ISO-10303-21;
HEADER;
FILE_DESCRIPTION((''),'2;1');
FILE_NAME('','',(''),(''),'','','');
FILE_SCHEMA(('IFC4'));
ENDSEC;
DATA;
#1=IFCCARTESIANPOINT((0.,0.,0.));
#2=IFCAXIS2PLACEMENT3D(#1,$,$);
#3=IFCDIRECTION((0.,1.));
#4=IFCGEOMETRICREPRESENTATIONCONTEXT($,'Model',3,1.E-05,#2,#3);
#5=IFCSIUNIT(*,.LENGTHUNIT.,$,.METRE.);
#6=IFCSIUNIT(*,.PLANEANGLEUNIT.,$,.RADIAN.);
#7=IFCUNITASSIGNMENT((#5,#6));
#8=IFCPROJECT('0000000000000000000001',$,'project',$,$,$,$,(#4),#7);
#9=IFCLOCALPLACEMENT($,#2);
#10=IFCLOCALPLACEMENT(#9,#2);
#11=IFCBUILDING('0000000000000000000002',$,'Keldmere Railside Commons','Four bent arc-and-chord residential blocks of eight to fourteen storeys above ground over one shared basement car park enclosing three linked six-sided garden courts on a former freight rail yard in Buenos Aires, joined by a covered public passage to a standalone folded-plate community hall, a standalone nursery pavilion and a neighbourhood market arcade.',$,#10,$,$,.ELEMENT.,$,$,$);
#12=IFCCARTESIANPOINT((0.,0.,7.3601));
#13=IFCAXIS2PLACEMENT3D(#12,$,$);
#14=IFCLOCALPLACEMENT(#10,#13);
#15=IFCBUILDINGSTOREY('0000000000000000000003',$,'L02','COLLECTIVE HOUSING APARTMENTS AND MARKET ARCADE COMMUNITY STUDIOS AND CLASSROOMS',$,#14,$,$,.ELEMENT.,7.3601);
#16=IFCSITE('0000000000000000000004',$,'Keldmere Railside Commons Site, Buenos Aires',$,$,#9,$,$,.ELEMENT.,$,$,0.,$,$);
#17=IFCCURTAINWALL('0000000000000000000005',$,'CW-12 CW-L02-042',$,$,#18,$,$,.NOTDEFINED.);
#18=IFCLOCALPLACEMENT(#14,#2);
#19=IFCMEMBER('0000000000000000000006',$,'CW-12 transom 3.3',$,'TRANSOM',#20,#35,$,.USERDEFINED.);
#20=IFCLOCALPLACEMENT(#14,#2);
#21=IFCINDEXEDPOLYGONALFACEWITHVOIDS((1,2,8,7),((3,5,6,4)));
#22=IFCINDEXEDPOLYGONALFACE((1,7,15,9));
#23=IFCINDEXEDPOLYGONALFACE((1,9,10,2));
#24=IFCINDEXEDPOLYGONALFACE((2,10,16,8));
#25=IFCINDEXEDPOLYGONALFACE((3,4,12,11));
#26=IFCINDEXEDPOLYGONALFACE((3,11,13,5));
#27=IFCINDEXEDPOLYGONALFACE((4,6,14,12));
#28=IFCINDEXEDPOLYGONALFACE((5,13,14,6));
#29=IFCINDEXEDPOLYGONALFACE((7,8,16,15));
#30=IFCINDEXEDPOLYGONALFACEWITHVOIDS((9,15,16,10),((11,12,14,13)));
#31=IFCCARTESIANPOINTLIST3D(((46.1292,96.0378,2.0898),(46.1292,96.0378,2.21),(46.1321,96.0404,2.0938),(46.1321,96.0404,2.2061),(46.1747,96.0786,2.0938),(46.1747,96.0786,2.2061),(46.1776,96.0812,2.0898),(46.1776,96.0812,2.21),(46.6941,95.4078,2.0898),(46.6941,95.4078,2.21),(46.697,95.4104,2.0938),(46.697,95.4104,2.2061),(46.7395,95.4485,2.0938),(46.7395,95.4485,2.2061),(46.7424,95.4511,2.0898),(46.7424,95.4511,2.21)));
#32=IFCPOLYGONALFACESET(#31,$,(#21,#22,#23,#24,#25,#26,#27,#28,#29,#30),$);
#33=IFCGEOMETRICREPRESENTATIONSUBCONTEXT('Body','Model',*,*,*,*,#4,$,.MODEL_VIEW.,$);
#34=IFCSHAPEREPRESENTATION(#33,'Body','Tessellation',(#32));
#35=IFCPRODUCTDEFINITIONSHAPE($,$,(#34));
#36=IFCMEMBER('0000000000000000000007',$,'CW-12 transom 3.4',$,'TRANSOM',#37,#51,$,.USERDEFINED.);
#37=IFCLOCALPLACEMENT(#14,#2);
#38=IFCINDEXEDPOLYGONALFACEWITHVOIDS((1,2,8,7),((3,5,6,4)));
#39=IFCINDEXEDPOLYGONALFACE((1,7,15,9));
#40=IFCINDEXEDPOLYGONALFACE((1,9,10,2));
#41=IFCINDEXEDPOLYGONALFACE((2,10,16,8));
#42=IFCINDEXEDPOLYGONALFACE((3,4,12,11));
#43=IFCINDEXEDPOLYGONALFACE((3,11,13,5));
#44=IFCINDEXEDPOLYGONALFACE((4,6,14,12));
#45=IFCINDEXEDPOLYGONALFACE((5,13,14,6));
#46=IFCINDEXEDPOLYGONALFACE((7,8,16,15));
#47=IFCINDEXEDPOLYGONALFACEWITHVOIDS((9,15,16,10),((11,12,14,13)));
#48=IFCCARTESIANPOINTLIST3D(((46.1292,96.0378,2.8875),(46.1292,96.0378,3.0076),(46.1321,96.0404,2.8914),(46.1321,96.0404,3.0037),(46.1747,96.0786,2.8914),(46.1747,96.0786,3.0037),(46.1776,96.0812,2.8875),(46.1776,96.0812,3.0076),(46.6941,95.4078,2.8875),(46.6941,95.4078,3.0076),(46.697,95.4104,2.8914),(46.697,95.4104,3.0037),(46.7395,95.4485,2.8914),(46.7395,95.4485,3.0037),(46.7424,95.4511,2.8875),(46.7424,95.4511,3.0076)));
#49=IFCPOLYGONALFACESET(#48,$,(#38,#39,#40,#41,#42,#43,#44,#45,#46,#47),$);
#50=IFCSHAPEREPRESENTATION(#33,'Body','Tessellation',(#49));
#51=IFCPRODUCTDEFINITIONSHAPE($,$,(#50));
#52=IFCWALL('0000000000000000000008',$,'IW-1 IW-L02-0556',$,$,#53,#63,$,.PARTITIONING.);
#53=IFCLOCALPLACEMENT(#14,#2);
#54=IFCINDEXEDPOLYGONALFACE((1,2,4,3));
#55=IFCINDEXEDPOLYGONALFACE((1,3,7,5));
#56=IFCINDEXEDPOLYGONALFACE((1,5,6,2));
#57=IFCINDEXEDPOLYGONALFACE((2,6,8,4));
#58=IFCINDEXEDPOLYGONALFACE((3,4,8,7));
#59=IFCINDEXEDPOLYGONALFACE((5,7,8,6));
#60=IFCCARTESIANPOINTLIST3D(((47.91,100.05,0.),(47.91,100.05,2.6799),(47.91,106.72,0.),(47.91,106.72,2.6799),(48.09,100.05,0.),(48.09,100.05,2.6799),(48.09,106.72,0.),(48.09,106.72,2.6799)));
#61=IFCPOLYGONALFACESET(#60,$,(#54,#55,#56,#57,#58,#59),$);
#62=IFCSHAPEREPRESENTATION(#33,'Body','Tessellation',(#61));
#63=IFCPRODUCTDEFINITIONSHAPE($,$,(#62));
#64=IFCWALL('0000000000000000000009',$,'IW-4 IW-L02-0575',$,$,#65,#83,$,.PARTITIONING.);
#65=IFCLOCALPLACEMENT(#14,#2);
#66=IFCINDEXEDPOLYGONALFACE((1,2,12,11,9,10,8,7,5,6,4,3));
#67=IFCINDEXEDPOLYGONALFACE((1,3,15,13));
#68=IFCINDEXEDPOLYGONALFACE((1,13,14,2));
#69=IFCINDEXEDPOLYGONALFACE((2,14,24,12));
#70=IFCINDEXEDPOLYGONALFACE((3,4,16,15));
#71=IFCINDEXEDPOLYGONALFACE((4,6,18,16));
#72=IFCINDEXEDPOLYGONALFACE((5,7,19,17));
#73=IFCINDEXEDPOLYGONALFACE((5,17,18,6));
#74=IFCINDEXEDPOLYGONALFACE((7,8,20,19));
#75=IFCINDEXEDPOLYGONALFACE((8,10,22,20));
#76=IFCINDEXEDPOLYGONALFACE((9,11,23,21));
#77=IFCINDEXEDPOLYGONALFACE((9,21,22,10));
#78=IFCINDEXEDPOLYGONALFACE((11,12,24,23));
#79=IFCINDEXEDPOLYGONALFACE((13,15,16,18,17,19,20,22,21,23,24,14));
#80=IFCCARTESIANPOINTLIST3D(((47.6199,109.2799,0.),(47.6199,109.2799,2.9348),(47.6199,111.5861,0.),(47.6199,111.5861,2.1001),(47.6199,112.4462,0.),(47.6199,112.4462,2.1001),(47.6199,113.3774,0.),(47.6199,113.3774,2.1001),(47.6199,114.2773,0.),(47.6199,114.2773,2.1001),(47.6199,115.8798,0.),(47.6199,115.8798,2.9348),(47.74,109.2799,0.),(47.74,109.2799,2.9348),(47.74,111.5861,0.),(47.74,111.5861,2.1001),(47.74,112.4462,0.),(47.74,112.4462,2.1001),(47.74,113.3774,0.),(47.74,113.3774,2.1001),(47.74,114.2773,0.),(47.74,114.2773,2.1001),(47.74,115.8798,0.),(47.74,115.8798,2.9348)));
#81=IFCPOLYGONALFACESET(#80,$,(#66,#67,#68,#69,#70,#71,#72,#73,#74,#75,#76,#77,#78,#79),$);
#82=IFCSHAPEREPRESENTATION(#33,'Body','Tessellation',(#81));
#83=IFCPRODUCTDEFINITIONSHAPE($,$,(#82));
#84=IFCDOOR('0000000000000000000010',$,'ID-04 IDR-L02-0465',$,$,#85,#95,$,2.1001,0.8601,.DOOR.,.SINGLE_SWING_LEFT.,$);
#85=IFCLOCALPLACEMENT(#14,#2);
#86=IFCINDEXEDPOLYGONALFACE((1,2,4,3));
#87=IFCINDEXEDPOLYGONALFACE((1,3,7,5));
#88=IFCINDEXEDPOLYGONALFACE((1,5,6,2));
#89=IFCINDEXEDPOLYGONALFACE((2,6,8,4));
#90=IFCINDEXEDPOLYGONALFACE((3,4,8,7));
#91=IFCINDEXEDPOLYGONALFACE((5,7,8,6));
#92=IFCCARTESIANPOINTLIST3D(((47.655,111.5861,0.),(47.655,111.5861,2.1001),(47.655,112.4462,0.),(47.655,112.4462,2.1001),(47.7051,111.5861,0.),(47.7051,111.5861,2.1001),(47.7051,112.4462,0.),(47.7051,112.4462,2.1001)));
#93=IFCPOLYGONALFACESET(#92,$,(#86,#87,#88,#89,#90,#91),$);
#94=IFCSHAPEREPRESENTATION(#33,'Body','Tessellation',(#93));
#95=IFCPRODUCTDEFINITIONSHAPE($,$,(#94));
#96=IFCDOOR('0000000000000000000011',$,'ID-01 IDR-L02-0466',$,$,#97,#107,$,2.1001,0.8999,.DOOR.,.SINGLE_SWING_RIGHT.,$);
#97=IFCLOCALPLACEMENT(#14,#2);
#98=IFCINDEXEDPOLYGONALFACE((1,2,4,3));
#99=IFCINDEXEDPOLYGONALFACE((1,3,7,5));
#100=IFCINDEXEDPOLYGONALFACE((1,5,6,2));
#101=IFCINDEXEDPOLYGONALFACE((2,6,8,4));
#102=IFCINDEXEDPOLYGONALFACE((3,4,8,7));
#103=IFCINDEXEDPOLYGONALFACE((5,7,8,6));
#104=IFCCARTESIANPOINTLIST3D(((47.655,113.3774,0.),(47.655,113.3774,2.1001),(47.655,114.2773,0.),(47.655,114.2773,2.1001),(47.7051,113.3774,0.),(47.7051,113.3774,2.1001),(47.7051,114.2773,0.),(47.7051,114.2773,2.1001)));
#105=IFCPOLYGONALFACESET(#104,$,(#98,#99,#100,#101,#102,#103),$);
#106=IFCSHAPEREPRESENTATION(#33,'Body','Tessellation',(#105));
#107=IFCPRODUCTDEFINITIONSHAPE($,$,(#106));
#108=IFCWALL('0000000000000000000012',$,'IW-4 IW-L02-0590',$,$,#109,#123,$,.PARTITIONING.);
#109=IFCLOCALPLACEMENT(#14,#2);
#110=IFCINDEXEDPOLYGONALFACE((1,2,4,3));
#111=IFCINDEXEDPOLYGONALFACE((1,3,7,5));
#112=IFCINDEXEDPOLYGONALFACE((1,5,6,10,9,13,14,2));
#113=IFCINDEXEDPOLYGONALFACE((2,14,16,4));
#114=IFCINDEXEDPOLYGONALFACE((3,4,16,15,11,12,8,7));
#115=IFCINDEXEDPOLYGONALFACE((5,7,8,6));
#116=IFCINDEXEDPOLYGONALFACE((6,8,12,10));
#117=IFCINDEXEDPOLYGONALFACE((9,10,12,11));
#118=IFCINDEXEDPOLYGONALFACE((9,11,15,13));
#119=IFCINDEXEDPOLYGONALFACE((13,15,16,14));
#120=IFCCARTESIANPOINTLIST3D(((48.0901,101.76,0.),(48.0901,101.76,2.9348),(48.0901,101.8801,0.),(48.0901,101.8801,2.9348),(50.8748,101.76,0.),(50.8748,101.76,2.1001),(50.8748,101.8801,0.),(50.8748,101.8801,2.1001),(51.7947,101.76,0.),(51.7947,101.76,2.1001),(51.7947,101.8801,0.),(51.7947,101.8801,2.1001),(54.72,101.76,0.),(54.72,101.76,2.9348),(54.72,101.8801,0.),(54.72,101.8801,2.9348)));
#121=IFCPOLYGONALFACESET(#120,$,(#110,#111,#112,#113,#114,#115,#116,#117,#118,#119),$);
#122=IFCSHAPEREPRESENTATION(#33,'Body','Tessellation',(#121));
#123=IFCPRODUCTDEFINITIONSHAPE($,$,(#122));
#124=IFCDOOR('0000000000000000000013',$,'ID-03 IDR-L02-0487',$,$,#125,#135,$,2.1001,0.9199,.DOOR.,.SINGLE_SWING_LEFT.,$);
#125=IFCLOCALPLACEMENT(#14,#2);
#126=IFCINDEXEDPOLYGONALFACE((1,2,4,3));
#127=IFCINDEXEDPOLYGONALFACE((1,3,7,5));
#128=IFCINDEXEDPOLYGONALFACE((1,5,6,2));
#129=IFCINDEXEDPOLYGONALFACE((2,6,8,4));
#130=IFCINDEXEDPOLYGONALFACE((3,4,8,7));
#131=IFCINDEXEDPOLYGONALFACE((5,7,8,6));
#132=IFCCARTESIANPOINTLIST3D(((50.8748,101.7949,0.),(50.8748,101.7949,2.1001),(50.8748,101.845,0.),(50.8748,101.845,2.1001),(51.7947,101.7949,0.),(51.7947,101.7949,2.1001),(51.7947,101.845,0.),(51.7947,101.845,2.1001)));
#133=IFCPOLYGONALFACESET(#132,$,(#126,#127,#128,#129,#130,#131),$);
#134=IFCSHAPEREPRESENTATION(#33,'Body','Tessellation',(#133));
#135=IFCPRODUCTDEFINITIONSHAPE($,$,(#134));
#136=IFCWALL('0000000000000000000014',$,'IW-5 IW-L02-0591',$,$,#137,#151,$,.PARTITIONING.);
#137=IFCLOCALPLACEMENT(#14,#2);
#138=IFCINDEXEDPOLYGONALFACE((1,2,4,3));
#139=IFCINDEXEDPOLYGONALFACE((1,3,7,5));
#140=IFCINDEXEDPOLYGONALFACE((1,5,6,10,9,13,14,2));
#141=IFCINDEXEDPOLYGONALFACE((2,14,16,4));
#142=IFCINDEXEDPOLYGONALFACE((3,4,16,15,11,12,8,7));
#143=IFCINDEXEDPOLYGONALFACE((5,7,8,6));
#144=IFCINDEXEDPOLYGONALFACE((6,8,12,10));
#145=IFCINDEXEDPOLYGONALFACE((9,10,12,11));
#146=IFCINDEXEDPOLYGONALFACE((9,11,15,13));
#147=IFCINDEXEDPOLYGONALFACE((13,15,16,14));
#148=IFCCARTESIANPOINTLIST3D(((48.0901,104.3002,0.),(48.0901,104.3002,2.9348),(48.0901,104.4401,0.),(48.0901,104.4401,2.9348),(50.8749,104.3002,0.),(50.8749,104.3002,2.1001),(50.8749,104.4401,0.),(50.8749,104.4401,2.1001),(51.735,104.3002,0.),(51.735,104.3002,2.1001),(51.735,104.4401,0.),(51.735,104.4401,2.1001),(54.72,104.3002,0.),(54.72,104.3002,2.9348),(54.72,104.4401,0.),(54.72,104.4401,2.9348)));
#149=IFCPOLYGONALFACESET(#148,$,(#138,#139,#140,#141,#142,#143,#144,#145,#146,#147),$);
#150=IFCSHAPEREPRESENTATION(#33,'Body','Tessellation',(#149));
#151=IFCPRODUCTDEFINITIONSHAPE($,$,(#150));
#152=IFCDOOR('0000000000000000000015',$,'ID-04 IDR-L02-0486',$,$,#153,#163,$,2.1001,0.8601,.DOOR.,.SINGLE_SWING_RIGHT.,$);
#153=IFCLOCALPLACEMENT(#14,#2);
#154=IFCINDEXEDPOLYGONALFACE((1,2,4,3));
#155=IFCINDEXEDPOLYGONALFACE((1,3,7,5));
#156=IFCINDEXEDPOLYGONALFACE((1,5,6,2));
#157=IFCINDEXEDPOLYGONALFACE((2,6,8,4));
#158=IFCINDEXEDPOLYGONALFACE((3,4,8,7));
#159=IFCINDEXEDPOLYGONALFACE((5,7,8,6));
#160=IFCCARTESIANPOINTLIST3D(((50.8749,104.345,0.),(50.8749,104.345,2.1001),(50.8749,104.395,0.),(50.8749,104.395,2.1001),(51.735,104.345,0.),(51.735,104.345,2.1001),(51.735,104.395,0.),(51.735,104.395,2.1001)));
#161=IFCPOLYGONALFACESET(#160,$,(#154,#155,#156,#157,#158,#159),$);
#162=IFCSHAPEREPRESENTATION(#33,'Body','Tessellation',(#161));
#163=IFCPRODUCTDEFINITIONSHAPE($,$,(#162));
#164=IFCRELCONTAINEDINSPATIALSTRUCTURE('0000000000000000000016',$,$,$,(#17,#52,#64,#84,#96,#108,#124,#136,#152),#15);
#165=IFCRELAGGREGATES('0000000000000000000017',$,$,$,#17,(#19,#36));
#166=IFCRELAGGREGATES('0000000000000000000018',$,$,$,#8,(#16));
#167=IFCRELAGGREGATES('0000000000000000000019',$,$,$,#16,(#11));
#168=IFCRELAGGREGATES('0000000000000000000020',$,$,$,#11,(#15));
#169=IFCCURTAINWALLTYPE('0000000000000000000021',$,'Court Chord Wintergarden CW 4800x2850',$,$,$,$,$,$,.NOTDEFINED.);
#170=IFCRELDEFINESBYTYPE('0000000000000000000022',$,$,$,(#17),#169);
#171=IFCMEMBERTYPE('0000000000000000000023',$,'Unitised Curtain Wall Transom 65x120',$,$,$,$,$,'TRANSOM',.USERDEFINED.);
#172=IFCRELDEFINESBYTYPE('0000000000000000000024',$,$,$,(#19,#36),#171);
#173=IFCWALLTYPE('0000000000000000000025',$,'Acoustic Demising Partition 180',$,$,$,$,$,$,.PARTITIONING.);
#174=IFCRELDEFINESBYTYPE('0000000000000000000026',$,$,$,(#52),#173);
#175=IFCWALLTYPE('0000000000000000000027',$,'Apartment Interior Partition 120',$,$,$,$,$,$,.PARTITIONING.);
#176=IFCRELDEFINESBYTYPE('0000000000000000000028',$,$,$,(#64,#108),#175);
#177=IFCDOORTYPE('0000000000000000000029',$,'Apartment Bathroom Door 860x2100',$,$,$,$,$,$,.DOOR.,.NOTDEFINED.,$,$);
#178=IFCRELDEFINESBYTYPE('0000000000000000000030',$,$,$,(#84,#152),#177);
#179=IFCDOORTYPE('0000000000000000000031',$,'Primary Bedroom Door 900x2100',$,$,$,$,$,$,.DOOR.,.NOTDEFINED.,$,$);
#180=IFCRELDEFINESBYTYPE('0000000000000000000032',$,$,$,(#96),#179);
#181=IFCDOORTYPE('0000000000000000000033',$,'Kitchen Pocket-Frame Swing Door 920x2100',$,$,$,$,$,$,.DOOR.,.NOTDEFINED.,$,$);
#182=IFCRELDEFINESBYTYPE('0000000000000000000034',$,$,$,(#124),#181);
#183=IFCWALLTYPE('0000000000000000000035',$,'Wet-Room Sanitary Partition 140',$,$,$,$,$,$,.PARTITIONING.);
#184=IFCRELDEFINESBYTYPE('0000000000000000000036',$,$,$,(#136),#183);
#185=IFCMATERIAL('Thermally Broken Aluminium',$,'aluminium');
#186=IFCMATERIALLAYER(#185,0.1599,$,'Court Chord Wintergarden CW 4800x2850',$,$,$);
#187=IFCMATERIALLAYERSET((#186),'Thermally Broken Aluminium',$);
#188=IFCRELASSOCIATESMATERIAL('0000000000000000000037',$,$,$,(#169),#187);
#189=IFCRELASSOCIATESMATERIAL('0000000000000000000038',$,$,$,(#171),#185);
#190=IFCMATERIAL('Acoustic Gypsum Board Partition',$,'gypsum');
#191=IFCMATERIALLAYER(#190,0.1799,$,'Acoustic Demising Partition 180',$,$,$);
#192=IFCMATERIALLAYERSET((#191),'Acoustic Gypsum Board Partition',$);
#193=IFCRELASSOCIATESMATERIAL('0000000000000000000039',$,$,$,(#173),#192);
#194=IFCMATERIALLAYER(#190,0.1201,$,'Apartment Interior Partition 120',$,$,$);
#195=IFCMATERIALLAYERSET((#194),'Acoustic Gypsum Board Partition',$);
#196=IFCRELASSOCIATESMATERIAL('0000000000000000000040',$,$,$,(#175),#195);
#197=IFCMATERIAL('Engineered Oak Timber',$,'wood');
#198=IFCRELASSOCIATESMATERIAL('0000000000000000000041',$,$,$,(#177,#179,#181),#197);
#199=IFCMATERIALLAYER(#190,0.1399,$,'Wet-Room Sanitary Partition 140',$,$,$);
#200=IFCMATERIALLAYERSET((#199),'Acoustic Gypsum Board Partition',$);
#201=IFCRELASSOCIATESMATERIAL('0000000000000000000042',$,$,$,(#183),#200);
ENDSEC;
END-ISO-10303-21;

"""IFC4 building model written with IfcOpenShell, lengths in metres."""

from ifc_helpers import new_model, si_unit, direction, frame, frame_2d, origin, origin_2d, place, context, subcontext, project, spatial, rectangle, hollow_rectangle, extrude, material, layer, layer_set, material_profile, profile_set, type_object, element, fill, aggregate, save


model = new_model("IFC4")

# Units and contexts
model_context = context("Model", 3, precision=1e-05, world=origin(), true_north=direction((0.0, 1.0)))
body_context = subcontext(model_context, "Body", "Model", "MODEL_VIEW")
ifc_project = project(units=[si_unit("LENGTHUNIT", "METRE"), si_unit("PLANEANGLEUNIT", "RADIAN")], contexts=[model_context])

# Site, building, storey
site_placement = place(None, origin())
site = spatial("IfcSite", under=ifc_project, at=site_placement, Name="Keldmere Railside Commons Site, Buenos Aires", CompositionType="ELEMENT", RefElevation=0.0)
building_placement = place(site_placement, origin())
building = spatial("IfcBuilding", under=site, at=building_placement, Name="Keldmere Railside Commons", Description="Four bent arc-and-chord residential blocks of eight to fourteen storeys above ground over one shared basement car park enclosing three linked six-sided garden courts on a former freight rail yard in Buenos Aires, joined by a covered public passage to a standalone folded-plate community hall, a standalone nursery pavilion and a neighbourhood market arcade.", CompositionType="ELEMENT")
storey_placement = place(building_placement, frame((0.0, 0.0, 7.3601)))
storey = spatial("IfcBuildingStorey", under=building, at=storey_placement, Name="L02", Description="COLLECTIVE HOUSING APARTMENTS AND MARKET ARCADE COMMUNITY STUDIOS AND CLASSROOMS", CompositionType="ELEMENT", Elevation=7.3601)

# Curtain wall, members
ifc_material_1 = material(Name="Thermally Broken Aluminium", Category="aluminium")
ifc_layer_1 = layer(ifc_material_1, 0.1599, Name="Court Chord Wintergarden CW 4800x2850")
ifc_layer_set_1 = layer_set([ifc_layer_1], Name="Thermally Broken Aluminium")
curtain_wall_type = type_object("IfcCurtainWallType", Name="Court Chord Wintergarden CW 4800x2850", PredefinedType="NOTDEFINED", material=ifc_layer_set_1)
curtain_wall_placement = place(storey_placement, origin())
curtain_wall = element("IfcCurtainWall", 1, at=curtain_wall_placement, inside=storey, type_object=curtain_wall_type, Name="CW-12 CW-L02-042", PredefinedType="NOTDEFINED")
ifc_material_profile_1 = material_profile(ifc_material_1, hollow_rectangle(XDim=0.0649, YDim=0.1201, WallThickness=0.0039, at=origin_2d()), Name="ALU-TRAN-65x120")
ifc_profile_set_1 = profile_set([ifc_material_profile_1], Name="Thermally Broken Aluminium")
member_type_1 = type_object("IfcMemberType", Name="Unitised Curtain Wall Transom 65x120", ElementType="TRANSOM", PredefinedType="USERDEFINED", material=ifc_profile_set_1)
member_1_placement = place(storey_placement, frame((46.7183, 95.4294, 2.1499), z_axis=(-0.667545, 0.744569, 0.0), x_axis=(-0.744569, -0.667545, 0.0)))
member_1 = element("IfcMember", 2, at=member_1_placement, type_object=member_type_1, Name="CW-12 transom 3.3", ObjectType="TRANSOM", PredefinedType="USERDEFINED", context=body_context, shape_type="SweptSolid", body=[
    extrude(hollow_rectangle(XDim=0.0649, YDim=0.1201, WallThickness=0.0039, at=origin_2d()), origin(), (0.0, 0.0, 1.0), 0.8462),
])
member_2_placement = place(storey_placement, frame((46.7183, 95.4294, 2.9475), z_axis=(-0.667545, 0.744569, 0.0), x_axis=(-0.744569, -0.667545, 0.0)))
member_2 = element("IfcMember", 3, at=member_2_placement, type_object=member_type_1, Name="CW-12 transom 3.4", ObjectType="TRANSOM", PredefinedType="USERDEFINED", context=body_context, shape_type="SweptSolid", body=[
    extrude(hollow_rectangle(XDim=0.0649, YDim=0.1201, WallThickness=0.0039, at=origin_2d()), origin(), (0.0, 0.0, 1.0), 0.8462),
])
aggregate(curtain_wall, [member_1, member_2])

# Wall
ifc_material_2 = material(Name="Acoustic Gypsum Board Partition", Category="gypsum")
ifc_layer_2 = layer(ifc_material_2, 0.1799, Name="Acoustic Demising Partition 180")
ifc_layer_set_2 = layer_set([ifc_layer_2], Name="Acoustic Gypsum Board Partition")
wall_type_1 = type_object("IfcWallType", Name="Acoustic Demising Partition 180", PredefinedType="PARTITIONING", material=ifc_layer_set_2)
wall_1_placement = place(storey_placement, frame((48.0, 100.05, 0.0), z_axis=(0.0, 0.0, 1.0), x_axis=(0.0, 1.0, 0.0)))
element("IfcWall", 4, at=wall_1_placement, inside=storey, type_object=wall_type_1, Name="IW-1 IW-L02-0556", PredefinedType="PARTITIONING", context=body_context, shape_type="SweptSolid", body=[
    extrude(rectangle(XDim=6.6699, YDim=0.1799, at=frame_2d((3.335, 0.0))), origin(), (0.0, 0.0, 1.0), 2.6799),
])

# Wall, openings, doors
ifc_layer_3 = layer(ifc_material_2, 0.1201, Name="Apartment Interior Partition 120")
ifc_layer_set_3 = layer_set([ifc_layer_3], Name="Acoustic Gypsum Board Partition")
wall_type_2 = type_object("IfcWallType", Name="Apartment Interior Partition 120", PredefinedType="PARTITIONING", material=ifc_layer_set_3)
wall_2_placement = place(storey_placement, frame((47.6799, 109.28, 0.0), z_axis=(0.0, 0.0, 1.0), x_axis=(0.0, 1.0, 0.0)))
wall_2 = element("IfcWall", 5, at=wall_2_placement, inside=storey, type_object=wall_type_2, Name="IW-4 IW-L02-0575", PredefinedType="PARTITIONING", context=body_context, shape_type="SweptSolid", body=[
    extrude(rectangle(XDim=6.5999, YDim=0.1201, at=frame_2d((3.2998, 0.0))), origin(), (0.0, 0.0, 1.0), 2.9348),
])
opening_1_placement = place(wall_2_placement, frame((2.3059, 0.0, 0.0)))
opening_1 = element("IfcOpeningElement", 6, at=opening_1_placement, cuts=wall_2, PredefinedType="OPENING", context=body_context, shape_type="SweptSolid", body=[
    extrude(rectangle(XDim=0.8601, YDim=2.1001, at=frame_2d((0.4302, 1.05))), frame((0.0, 0.0701, 0.0), z_axis=(0.0, -1.0, 0.0), x_axis=(1.0, 0.0, 0.0)), (0.0, 0.0, 1.0), 0.1401),
])
opening_2_placement = place(wall_2_placement, frame((4.0974, 0.0, 0.0)))
opening_2 = element("IfcOpeningElement", 7, at=opening_2_placement, cuts=wall_2, PredefinedType="OPENING", context=body_context, shape_type="SweptSolid", body=[
    extrude(rectangle(XDim=0.8999, YDim=2.1001, at=frame_2d((0.45, 1.05))), frame((0.0, 0.0701, 0.0), z_axis=(0.0, -1.0, 0.0), x_axis=(1.0, 0.0, 0.0)), (0.0, 0.0, 1.0), 0.1401),
])
ifc_material_3 = material(Name="Engineered Oak Timber", Category="wood")
door_type_1 = type_object("IfcDoorType", Name="Apartment Bathroom Door 860x2100", OperationType="NOTDEFINED", PredefinedType="DOOR", material=ifc_material_3)
door_1_placement = place(opening_1_placement, origin())
door_1 = element("IfcDoor", 8, at=door_1_placement, inside=storey, type_object=door_type_1, Name="ID-04 IDR-L02-0465", OperationType="SINGLE_SWING_LEFT", OverallHeight=2.1001, OverallWidth=0.8601, PredefinedType="DOOR", context=body_context, shape_type="SweptSolid", body=[
    extrude(rectangle(XDim=0.8601, YDim=2.1001, at=frame_2d((0.4302, 1.05))), frame((0.0, 0.0249, 0.0), z_axis=(0.0, -1.0, 0.0), x_axis=(1.0, 0.0, 0.0)), (0.0, 0.0, 1.0), 0.05),
])
fill(opening_1, door_1)
door_type_2 = type_object("IfcDoorType", Name="Primary Bedroom Door 900x2100", OperationType="NOTDEFINED", PredefinedType="DOOR", material=ifc_material_3)
door_2_placement = place(opening_2_placement, origin())
door_2 = element("IfcDoor", 9, at=door_2_placement, inside=storey, type_object=door_type_2, Name="ID-01 IDR-L02-0466", OperationType="SINGLE_SWING_RIGHT", OverallHeight=2.1001, OverallWidth=0.8999, PredefinedType="DOOR", context=body_context, shape_type="SweptSolid", body=[
    extrude(rectangle(XDim=0.8999, YDim=2.1001, at=frame_2d((0.45, 1.05))), frame((0.0, 0.0249, 0.0), z_axis=(0.0, -1.0, 0.0), x_axis=(1.0, 0.0, 0.0)), (0.0, 0.0, 1.0), 0.05),
])
fill(opening_2, door_2)

# Walls, openings, doors
wall_3_placement = place(storey_placement, frame((48.0901, 101.8201, 0.0), z_axis=(0.0, 0.0, 1.0), x_axis=(1.0, 0.0, 0.0)))
wall_3 = element("IfcWall", 10, at=wall_3_placement, inside=storey, type_object=wall_type_2, Name="IW-4 IW-L02-0590", PredefinedType="PARTITIONING", context=body_context, shape_type="SweptSolid", body=[
    extrude(rectangle(XDim=6.6299, YDim=0.1201, at=frame_2d((3.3149, 0.0))), origin(), (0.0, 0.0, 1.0), 2.9348),
])
opening_3_placement = place(wall_3_placement, frame((2.7847, 0.0, 0.0)))
opening_3 = element("IfcOpeningElement", 11, at=opening_3_placement, cuts=wall_3, PredefinedType="OPENING", context=body_context, shape_type="SweptSolid", body=[
    extrude(rectangle(XDim=0.9199, YDim=2.1001, at=frame_2d((0.46, 1.05))), frame((0.0, 0.0701, 0.0), z_axis=(0.0, -1.0, 0.0), x_axis=(1.0, 0.0, 0.0)), (0.0, 0.0, 1.0), 0.1401),
])
door_type_3 = type_object("IfcDoorType", Name="Kitchen Pocket-Frame Swing Door 920x2100", OperationType="NOTDEFINED", PredefinedType="DOOR", material=ifc_material_3)
door_3_placement = place(opening_3_placement, origin())
door_3 = element("IfcDoor", 12, at=door_3_placement, inside=storey, type_object=door_type_3, Name="ID-03 IDR-L02-0487", OperationType="SINGLE_SWING_LEFT", OverallHeight=2.1001, OverallWidth=0.9199, PredefinedType="DOOR", context=body_context, shape_type="SweptSolid", body=[
    extrude(rectangle(XDim=0.9199, YDim=2.1001, at=frame_2d((0.46, 1.05))), frame((0.0, 0.0249, 0.0), z_axis=(0.0, -1.0, 0.0), x_axis=(1.0, 0.0, 0.0)), (0.0, 0.0, 1.0), 0.05),
])
fill(opening_3, door_3)
ifc_layer_4 = layer(ifc_material_2, 0.1399, Name="Wet-Room Sanitary Partition 140")
ifc_layer_set_4 = layer_set([ifc_layer_4], Name="Acoustic Gypsum Board Partition")
wall_type_3 = type_object("IfcWallType", Name="Wet-Room Sanitary Partition 140", PredefinedType="PARTITIONING", material=ifc_layer_set_4)
wall_4_placement = place(storey_placement, frame((48.0901, 104.3701, 0.0), z_axis=(0.0, 0.0, 1.0), x_axis=(1.0, 0.0, 0.0)))
wall_4 = element("IfcWall", 13, at=wall_4_placement, inside=storey, type_object=wall_type_3, Name="IW-5 IW-L02-0591", PredefinedType="PARTITIONING", context=body_context, shape_type="SweptSolid", body=[
    extrude(rectangle(XDim=6.6299, YDim=0.1399, at=frame_2d((3.3149, 0.0))), origin(), (0.0, 0.0, 1.0), 2.9348),
])
opening_4_placement = place(wall_4_placement, frame((2.7847, 0.0, 0.0)))
opening_4 = element("IfcOpeningElement", 14, at=opening_4_placement, cuts=wall_4, PredefinedType="OPENING", context=body_context, shape_type="SweptSolid", body=[
    extrude(rectangle(XDim=0.8601, YDim=2.1001, at=frame_2d((0.4302, 1.05))), frame((0.0, 0.0798, 0.0), z_axis=(0.0, -1.0, 0.0), x_axis=(1.0, 0.0, 0.0)), (0.0, 0.0, 1.0), 0.1599),
])
door_4_placement = place(opening_4_placement, origin())
door_4 = element("IfcDoor", 15, at=door_4_placement, inside=storey, type_object=door_type_1, Name="ID-04 IDR-L02-0486", OperationType="SINGLE_SWING_RIGHT", OverallHeight=2.1001, OverallWidth=0.8601, PredefinedType="DOOR", context=body_context, shape_type="SweptSolid", body=[
    extrude(rectangle(XDim=0.8601, YDim=2.1001, at=frame_2d((0.4302, 1.05))), frame((0.0, 0.0249, 0.0), z_axis=(0.0, -1.0, 0.0), x_axis=(1.0, 0.0, 0.0)), (0.0, 0.0, 1.0), 0.05),
])
fill(opening_4, door_4)

save(model, "model.ifc")
